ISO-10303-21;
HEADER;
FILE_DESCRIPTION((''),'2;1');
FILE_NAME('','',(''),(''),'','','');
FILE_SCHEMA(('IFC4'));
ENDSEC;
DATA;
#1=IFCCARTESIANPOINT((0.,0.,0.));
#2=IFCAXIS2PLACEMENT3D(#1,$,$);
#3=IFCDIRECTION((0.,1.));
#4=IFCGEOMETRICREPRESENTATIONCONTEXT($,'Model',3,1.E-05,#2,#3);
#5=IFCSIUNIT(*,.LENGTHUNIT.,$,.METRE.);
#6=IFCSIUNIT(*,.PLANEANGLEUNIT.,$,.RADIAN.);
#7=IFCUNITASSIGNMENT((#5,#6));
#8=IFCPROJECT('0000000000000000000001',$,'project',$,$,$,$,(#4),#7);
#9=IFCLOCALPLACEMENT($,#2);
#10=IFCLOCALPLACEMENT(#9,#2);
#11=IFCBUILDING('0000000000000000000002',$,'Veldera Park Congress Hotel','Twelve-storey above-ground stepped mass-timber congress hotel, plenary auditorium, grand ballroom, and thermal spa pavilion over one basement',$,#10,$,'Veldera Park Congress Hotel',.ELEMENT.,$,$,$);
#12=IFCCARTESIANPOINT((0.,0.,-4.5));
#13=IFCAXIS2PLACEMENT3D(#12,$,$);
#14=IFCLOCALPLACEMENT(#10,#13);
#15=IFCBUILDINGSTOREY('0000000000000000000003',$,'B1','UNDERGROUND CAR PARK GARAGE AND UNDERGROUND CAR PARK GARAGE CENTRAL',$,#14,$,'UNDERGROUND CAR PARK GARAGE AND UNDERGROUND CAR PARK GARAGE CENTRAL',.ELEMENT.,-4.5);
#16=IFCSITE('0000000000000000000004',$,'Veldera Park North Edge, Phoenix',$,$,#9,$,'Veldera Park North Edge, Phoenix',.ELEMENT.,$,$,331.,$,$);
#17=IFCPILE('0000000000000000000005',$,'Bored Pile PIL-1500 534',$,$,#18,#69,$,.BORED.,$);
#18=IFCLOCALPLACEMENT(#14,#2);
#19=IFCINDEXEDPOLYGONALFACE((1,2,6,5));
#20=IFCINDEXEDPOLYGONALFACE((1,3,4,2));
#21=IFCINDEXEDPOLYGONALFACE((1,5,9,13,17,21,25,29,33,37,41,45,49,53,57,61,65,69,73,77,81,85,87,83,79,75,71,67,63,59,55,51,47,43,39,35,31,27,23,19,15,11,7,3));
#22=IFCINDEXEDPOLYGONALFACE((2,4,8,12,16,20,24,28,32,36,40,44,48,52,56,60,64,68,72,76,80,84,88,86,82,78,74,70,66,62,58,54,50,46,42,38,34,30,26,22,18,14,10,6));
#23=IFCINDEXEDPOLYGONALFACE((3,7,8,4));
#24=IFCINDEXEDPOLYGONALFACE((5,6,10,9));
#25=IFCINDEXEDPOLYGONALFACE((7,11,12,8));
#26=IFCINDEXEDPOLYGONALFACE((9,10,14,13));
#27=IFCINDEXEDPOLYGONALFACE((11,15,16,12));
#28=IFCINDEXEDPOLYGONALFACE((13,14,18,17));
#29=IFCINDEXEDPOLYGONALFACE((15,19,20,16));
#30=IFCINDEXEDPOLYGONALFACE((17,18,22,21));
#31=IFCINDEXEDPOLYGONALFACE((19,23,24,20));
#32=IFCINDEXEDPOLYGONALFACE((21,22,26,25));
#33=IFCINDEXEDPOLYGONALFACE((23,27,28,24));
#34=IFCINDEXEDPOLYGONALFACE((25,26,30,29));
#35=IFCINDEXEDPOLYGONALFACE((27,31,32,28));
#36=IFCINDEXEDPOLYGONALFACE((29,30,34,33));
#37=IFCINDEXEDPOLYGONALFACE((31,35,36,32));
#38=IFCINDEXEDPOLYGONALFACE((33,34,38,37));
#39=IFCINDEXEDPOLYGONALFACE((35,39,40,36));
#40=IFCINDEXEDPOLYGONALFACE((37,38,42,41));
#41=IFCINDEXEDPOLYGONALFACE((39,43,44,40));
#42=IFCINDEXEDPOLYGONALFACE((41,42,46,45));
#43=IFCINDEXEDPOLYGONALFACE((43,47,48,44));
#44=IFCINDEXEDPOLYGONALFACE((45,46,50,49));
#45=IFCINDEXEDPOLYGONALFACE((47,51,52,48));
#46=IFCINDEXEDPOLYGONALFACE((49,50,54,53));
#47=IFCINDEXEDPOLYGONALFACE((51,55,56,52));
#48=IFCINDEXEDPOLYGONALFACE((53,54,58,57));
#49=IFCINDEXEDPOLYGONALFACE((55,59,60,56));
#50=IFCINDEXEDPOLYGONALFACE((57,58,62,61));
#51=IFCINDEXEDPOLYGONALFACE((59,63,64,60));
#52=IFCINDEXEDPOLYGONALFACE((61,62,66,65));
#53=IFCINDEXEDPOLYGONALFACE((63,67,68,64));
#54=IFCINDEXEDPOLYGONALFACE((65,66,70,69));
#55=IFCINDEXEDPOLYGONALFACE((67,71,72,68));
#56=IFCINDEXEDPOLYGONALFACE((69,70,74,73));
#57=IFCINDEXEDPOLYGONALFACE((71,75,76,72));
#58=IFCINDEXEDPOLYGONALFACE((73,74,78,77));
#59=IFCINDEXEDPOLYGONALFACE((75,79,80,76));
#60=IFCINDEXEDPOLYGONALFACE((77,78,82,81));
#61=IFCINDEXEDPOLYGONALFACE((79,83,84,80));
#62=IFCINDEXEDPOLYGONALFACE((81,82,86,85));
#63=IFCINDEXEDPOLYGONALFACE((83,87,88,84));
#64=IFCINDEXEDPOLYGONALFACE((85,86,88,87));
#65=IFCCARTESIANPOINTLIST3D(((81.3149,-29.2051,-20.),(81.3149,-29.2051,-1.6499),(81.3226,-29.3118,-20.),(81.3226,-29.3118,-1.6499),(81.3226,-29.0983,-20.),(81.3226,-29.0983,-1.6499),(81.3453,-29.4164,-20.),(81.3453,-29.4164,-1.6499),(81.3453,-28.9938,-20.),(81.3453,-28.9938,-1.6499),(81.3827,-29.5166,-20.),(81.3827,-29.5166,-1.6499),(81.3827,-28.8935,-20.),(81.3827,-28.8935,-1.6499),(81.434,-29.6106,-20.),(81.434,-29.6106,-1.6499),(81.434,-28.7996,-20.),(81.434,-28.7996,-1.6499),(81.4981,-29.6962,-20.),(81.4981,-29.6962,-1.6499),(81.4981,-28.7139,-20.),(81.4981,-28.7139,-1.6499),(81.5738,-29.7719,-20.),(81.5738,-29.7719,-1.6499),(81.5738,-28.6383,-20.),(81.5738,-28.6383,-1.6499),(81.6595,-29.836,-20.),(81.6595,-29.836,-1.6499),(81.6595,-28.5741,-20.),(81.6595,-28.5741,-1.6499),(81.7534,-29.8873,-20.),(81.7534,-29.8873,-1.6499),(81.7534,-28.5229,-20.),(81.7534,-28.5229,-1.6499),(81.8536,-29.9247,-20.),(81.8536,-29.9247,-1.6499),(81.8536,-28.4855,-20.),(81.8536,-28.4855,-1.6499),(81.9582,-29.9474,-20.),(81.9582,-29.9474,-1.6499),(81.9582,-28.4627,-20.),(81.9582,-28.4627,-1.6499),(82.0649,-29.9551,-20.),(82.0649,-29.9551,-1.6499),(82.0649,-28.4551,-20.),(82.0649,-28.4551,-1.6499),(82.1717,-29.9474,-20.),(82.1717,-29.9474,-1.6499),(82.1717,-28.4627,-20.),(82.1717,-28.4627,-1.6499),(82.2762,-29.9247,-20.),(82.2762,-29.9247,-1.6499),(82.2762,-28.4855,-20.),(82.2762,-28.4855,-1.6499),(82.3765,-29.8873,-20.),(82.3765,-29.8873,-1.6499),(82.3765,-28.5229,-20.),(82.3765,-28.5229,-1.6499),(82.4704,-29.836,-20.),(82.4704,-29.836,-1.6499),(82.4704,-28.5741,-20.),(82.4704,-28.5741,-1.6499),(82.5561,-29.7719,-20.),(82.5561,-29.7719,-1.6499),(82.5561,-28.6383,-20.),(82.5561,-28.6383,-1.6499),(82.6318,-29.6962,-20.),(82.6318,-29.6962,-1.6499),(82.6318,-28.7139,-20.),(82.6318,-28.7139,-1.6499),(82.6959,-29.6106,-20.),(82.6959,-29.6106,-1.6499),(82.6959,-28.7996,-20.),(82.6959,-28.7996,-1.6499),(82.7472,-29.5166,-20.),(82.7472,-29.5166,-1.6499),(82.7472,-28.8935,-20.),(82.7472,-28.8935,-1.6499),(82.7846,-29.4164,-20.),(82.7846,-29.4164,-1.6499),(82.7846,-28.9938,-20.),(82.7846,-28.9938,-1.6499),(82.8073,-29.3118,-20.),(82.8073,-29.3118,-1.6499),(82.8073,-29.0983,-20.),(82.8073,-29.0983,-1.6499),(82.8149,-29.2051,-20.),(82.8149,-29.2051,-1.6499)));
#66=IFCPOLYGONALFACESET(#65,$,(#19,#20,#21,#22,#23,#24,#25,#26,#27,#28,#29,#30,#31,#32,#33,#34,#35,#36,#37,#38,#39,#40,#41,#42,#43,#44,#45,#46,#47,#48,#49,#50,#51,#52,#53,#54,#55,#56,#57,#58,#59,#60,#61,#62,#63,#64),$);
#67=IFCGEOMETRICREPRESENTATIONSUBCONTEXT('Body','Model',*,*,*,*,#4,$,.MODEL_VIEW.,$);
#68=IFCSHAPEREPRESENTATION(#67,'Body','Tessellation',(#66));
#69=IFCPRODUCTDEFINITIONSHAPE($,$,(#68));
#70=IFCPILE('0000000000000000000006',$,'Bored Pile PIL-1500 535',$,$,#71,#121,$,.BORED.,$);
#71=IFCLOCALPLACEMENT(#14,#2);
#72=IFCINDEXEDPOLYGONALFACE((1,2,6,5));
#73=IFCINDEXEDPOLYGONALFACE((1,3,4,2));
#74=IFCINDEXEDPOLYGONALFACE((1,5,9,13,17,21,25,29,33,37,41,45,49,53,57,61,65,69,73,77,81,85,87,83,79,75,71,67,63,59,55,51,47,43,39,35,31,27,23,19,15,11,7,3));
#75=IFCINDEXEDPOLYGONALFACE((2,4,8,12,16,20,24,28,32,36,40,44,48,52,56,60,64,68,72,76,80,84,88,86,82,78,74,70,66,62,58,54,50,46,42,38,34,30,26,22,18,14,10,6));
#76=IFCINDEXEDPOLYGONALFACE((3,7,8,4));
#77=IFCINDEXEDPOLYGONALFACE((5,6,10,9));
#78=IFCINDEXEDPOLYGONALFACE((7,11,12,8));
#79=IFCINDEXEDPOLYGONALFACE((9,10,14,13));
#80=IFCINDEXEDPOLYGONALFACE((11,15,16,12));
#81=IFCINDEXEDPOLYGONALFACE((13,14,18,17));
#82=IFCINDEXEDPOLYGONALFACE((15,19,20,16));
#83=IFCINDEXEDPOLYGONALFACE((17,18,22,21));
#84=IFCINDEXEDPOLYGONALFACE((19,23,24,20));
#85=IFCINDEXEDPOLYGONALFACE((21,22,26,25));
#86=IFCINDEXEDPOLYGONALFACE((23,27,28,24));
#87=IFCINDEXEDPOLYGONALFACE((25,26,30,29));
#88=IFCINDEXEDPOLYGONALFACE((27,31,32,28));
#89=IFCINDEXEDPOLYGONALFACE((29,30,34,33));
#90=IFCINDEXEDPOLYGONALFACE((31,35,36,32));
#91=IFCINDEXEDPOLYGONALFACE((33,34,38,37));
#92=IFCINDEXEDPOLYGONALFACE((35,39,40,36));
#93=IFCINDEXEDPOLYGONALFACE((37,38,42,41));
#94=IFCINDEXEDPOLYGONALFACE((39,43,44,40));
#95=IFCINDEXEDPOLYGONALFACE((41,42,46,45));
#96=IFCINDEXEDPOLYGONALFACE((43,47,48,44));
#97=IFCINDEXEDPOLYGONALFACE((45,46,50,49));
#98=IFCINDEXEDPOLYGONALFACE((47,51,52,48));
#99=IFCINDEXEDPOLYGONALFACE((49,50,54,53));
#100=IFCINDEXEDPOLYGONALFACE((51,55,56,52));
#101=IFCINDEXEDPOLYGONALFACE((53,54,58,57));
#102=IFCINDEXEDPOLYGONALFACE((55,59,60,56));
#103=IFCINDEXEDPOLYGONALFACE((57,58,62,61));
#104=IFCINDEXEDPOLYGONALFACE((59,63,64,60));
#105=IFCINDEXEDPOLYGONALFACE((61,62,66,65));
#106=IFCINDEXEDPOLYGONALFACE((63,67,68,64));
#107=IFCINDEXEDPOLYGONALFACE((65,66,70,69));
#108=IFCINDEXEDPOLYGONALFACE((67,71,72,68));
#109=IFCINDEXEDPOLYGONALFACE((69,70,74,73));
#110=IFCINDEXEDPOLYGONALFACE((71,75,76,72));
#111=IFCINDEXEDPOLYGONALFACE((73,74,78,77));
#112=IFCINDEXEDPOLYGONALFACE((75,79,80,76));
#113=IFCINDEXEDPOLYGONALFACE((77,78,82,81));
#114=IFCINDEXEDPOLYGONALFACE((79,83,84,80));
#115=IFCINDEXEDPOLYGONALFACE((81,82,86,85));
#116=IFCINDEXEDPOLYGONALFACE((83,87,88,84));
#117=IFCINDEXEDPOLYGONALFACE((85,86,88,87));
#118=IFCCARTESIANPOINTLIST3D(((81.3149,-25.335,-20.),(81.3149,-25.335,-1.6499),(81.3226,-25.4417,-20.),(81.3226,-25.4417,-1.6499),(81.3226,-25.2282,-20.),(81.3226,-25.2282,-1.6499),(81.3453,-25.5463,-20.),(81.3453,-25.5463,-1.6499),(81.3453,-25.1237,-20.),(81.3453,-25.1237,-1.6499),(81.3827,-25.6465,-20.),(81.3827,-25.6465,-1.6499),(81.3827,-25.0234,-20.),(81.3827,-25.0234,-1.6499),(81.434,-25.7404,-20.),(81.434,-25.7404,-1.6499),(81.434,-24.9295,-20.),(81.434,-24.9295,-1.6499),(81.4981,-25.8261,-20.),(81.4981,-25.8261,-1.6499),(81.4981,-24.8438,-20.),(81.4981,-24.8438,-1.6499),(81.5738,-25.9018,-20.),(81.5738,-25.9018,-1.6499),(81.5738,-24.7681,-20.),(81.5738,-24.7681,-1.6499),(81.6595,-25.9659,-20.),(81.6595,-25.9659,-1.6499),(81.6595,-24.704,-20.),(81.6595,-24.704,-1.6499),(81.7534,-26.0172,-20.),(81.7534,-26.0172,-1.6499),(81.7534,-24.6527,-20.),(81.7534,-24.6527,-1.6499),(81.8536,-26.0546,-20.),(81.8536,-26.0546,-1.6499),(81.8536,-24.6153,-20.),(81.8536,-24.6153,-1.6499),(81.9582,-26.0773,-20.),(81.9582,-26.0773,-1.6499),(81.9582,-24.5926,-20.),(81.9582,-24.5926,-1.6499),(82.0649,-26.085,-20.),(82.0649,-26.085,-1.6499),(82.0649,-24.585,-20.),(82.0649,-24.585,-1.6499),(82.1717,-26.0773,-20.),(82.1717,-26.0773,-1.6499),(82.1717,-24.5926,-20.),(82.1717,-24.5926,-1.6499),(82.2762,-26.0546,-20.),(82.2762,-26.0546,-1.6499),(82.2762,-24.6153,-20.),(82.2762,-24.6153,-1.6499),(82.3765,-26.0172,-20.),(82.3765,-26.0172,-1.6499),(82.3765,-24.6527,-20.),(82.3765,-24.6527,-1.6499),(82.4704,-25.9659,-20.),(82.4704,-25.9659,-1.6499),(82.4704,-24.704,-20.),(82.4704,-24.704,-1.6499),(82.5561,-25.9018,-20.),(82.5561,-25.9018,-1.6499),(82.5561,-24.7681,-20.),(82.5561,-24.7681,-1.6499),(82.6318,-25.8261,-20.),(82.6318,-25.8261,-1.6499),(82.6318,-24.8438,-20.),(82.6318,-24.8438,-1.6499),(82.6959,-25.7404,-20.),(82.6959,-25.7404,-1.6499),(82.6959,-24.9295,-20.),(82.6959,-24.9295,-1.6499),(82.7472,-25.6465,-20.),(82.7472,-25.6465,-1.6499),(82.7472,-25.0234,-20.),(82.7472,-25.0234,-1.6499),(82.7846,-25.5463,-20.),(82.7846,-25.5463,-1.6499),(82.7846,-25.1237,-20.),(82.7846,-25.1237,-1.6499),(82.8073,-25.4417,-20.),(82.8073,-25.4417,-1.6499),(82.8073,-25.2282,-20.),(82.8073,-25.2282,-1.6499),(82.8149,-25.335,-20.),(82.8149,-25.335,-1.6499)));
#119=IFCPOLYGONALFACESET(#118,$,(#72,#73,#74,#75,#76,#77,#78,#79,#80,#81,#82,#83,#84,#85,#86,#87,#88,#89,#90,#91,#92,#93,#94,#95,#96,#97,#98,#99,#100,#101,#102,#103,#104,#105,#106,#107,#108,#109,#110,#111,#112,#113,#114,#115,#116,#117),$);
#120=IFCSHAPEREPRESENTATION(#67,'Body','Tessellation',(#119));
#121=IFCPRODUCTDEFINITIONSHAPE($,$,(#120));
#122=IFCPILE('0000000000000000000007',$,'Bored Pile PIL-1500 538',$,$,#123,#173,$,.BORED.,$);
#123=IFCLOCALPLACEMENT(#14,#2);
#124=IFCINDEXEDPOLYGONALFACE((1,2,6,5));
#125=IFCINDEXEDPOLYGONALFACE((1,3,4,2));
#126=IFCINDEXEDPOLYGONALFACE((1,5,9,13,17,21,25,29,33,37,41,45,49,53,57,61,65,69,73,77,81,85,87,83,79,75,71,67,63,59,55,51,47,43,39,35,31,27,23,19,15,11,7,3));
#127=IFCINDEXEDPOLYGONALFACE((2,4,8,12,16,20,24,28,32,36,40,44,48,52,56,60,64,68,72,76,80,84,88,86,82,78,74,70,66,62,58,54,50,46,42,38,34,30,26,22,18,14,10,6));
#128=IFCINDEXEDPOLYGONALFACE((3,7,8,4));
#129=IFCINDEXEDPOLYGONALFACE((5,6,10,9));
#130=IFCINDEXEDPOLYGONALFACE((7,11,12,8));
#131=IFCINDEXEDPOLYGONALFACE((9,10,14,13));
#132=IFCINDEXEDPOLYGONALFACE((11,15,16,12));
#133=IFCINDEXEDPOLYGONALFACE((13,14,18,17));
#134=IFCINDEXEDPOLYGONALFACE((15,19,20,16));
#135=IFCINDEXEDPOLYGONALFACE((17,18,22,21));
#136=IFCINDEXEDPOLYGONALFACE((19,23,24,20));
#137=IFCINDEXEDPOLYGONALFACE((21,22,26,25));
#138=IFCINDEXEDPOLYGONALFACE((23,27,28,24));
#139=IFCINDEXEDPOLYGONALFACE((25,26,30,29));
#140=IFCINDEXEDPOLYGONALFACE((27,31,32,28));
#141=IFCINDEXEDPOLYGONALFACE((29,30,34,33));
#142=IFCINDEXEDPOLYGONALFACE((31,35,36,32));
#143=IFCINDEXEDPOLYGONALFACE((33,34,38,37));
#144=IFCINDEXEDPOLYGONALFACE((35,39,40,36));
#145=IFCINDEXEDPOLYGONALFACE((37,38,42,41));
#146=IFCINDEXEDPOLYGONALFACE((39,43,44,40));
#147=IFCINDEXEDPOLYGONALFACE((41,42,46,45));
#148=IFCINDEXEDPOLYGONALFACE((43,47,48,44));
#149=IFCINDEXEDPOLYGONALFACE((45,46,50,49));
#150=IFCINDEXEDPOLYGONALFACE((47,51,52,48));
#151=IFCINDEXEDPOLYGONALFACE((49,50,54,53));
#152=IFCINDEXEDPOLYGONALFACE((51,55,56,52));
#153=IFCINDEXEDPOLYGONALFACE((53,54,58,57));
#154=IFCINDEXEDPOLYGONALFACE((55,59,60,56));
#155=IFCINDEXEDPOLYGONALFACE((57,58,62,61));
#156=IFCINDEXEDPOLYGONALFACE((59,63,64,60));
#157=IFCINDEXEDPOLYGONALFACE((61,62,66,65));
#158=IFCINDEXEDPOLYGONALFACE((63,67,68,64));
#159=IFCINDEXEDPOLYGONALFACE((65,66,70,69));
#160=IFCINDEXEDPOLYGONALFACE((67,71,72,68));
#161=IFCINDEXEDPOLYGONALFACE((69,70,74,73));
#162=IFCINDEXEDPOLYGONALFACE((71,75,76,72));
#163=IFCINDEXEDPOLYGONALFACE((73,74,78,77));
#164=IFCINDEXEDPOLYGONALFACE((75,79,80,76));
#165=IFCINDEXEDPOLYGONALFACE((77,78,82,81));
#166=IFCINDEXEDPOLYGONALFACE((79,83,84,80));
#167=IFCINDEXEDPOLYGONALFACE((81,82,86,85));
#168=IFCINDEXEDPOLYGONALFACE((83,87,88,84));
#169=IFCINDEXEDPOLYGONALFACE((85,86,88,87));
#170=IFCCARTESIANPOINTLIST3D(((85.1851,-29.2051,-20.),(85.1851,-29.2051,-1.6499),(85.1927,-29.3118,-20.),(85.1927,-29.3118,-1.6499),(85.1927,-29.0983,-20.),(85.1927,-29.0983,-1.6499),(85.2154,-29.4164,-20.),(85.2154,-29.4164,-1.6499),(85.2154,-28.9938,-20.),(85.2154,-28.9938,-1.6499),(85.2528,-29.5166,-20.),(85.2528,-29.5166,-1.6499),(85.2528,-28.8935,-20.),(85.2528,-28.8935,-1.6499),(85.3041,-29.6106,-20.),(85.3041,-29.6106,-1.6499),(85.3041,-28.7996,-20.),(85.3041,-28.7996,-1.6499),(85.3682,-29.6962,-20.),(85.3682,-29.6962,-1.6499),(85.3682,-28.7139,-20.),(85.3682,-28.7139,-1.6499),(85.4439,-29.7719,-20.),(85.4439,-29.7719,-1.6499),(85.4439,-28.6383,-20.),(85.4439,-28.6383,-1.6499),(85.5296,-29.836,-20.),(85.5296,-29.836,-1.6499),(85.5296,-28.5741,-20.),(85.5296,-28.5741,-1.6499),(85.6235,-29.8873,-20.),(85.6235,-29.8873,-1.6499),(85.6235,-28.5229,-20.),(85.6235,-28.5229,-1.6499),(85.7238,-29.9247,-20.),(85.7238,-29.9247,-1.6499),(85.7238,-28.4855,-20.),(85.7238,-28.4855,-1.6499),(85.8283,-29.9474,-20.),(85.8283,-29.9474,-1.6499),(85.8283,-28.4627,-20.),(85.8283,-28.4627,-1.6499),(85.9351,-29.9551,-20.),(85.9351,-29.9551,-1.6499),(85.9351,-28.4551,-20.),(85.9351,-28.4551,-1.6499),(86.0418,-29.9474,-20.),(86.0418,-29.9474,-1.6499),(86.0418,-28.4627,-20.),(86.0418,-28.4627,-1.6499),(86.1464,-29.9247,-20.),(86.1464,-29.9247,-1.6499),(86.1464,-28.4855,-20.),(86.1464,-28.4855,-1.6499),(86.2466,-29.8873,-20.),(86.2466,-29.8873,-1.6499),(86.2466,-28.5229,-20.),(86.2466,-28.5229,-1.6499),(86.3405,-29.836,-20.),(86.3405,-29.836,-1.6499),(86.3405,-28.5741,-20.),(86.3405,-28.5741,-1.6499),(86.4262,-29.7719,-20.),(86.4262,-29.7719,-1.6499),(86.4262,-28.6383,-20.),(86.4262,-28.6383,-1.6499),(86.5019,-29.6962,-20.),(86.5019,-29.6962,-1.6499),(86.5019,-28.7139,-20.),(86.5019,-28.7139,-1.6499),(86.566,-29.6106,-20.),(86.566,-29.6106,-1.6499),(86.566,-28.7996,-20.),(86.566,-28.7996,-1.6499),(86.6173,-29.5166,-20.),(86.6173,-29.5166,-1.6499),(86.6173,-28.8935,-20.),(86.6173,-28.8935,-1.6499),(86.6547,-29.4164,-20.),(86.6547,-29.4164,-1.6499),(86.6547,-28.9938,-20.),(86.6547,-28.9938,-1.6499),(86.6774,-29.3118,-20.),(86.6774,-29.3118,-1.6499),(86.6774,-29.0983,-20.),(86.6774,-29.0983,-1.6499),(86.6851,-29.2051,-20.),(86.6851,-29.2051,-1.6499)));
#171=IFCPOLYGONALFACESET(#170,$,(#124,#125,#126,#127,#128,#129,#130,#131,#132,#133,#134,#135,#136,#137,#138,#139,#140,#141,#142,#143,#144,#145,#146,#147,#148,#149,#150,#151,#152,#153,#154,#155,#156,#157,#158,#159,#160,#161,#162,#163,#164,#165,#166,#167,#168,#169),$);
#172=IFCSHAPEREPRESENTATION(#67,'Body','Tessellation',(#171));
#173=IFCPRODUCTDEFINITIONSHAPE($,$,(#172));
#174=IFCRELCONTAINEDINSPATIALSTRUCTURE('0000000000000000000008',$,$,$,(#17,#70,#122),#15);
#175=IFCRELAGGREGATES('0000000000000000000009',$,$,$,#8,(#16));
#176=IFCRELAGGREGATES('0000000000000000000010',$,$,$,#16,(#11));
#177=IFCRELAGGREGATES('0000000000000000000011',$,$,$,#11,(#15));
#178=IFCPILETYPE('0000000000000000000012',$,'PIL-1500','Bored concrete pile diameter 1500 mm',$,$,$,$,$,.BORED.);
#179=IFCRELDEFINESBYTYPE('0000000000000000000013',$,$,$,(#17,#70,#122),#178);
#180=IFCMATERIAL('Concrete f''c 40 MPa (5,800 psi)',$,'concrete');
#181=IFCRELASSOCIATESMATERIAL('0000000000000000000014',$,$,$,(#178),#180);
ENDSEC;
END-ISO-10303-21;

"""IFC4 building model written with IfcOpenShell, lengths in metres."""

from ifc_helpers import new_model, si_unit, direction, frame, origin, origin_2d, place, context, subcontext, project, spatial, circle, extrude, material, material_profile, profile_set, type_object, element, save


model = new_model("IFC4")

# Units and contexts
model_context = context("Model", 3, precision=1e-05, world=origin(), true_north=direction((0.0, 1.0)))
body_context = subcontext(model_context, "Body", "Model", "MODEL_VIEW")
ifc_project = project(units=[si_unit("LENGTHUNIT", "METRE"), si_unit("PLANEANGLEUNIT", "RADIAN")], contexts=[model_context])

# Site, building, storey
site_placement = place(None, origin())
site = spatial("IfcSite", under=ifc_project, at=site_placement, Name="Veldera Park North Edge, Phoenix", LongName="Veldera Park North Edge, Phoenix", CompositionType="ELEMENT", RefElevation=331.0)
building_placement = place(site_placement, origin())
building = spatial("IfcBuilding", under=site, at=building_placement, Name="Veldera Park Congress Hotel", Description="Twelve-storey above-ground stepped mass-timber congress hotel, plenary auditorium, grand ballroom, and thermal spa pavilion over one basement", LongName="Veldera Park Congress Hotel", CompositionType="ELEMENT")
storey_placement = place(building_placement, frame((0.0, 0.0, -4.5)))
storey = spatial("IfcBuildingStorey", under=building, at=storey_placement, Name="B1", Description="UNDERGROUND CAR PARK GARAGE AND UNDERGROUND CAR PARK GARAGE CENTRAL", LongName="UNDERGROUND CAR PARK GARAGE AND UNDERGROUND CAR PARK GARAGE CENTRAL", CompositionType="ELEMENT", Elevation=-4.5)

# Shared definitions
ifc_material_1 = material(Name="Concrete f'c 40 MPa (5,800 psi)", Category="concrete")

# Piles
ifc_material_profile_1 = material_profile(ifc_material_1, circle(Radius=0.75, at=origin_2d()), Name="PILE D1500")
ifc_profile_set_1 = profile_set([ifc_material_profile_1], Name="Concrete f'c 40 MPa (5,800 psi)")
pile_type_1 = type_object("IfcPileType", Name="PIL-1500", Description="Bored concrete pile diameter 1500 mm", PredefinedType="BORED", material=ifc_profile_set_1)
for number, where, z_axis, x_axis, name in (
    (1, (82.0649, -29.2051, -1.6499), (0.0, 0.0, -1.0), (1.0, 0.0, 0.0), "Bored Pile PIL-1500 534"),
    (2, (82.0649, -25.335, -1.6499), (0.0, 0.0, -1.0), (1.0, 0.0, 0.0), "Bored Pile PIL-1500 535"),
    (3, (85.9351, -29.2051, -1.6499), (0.0, 0.0, -1.0), (1.0, 0.0, 0.0), "Bored Pile PIL-1500 538"),
):
    element("IfcPile", number, at=place(storey_placement, frame(where, z_axis=z_axis, x_axis=x_axis)), inside=storey, type_object=pile_type_1, Name=name, PredefinedType="BORED", context=body_context, shape_type="SweptSolid", body=[
        extrude(circle(Radius=0.75, at=origin_2d()), origin(), (0.0, 0.0, 1.0), 18.3501),
    ])

save(model, "model.ifc")
